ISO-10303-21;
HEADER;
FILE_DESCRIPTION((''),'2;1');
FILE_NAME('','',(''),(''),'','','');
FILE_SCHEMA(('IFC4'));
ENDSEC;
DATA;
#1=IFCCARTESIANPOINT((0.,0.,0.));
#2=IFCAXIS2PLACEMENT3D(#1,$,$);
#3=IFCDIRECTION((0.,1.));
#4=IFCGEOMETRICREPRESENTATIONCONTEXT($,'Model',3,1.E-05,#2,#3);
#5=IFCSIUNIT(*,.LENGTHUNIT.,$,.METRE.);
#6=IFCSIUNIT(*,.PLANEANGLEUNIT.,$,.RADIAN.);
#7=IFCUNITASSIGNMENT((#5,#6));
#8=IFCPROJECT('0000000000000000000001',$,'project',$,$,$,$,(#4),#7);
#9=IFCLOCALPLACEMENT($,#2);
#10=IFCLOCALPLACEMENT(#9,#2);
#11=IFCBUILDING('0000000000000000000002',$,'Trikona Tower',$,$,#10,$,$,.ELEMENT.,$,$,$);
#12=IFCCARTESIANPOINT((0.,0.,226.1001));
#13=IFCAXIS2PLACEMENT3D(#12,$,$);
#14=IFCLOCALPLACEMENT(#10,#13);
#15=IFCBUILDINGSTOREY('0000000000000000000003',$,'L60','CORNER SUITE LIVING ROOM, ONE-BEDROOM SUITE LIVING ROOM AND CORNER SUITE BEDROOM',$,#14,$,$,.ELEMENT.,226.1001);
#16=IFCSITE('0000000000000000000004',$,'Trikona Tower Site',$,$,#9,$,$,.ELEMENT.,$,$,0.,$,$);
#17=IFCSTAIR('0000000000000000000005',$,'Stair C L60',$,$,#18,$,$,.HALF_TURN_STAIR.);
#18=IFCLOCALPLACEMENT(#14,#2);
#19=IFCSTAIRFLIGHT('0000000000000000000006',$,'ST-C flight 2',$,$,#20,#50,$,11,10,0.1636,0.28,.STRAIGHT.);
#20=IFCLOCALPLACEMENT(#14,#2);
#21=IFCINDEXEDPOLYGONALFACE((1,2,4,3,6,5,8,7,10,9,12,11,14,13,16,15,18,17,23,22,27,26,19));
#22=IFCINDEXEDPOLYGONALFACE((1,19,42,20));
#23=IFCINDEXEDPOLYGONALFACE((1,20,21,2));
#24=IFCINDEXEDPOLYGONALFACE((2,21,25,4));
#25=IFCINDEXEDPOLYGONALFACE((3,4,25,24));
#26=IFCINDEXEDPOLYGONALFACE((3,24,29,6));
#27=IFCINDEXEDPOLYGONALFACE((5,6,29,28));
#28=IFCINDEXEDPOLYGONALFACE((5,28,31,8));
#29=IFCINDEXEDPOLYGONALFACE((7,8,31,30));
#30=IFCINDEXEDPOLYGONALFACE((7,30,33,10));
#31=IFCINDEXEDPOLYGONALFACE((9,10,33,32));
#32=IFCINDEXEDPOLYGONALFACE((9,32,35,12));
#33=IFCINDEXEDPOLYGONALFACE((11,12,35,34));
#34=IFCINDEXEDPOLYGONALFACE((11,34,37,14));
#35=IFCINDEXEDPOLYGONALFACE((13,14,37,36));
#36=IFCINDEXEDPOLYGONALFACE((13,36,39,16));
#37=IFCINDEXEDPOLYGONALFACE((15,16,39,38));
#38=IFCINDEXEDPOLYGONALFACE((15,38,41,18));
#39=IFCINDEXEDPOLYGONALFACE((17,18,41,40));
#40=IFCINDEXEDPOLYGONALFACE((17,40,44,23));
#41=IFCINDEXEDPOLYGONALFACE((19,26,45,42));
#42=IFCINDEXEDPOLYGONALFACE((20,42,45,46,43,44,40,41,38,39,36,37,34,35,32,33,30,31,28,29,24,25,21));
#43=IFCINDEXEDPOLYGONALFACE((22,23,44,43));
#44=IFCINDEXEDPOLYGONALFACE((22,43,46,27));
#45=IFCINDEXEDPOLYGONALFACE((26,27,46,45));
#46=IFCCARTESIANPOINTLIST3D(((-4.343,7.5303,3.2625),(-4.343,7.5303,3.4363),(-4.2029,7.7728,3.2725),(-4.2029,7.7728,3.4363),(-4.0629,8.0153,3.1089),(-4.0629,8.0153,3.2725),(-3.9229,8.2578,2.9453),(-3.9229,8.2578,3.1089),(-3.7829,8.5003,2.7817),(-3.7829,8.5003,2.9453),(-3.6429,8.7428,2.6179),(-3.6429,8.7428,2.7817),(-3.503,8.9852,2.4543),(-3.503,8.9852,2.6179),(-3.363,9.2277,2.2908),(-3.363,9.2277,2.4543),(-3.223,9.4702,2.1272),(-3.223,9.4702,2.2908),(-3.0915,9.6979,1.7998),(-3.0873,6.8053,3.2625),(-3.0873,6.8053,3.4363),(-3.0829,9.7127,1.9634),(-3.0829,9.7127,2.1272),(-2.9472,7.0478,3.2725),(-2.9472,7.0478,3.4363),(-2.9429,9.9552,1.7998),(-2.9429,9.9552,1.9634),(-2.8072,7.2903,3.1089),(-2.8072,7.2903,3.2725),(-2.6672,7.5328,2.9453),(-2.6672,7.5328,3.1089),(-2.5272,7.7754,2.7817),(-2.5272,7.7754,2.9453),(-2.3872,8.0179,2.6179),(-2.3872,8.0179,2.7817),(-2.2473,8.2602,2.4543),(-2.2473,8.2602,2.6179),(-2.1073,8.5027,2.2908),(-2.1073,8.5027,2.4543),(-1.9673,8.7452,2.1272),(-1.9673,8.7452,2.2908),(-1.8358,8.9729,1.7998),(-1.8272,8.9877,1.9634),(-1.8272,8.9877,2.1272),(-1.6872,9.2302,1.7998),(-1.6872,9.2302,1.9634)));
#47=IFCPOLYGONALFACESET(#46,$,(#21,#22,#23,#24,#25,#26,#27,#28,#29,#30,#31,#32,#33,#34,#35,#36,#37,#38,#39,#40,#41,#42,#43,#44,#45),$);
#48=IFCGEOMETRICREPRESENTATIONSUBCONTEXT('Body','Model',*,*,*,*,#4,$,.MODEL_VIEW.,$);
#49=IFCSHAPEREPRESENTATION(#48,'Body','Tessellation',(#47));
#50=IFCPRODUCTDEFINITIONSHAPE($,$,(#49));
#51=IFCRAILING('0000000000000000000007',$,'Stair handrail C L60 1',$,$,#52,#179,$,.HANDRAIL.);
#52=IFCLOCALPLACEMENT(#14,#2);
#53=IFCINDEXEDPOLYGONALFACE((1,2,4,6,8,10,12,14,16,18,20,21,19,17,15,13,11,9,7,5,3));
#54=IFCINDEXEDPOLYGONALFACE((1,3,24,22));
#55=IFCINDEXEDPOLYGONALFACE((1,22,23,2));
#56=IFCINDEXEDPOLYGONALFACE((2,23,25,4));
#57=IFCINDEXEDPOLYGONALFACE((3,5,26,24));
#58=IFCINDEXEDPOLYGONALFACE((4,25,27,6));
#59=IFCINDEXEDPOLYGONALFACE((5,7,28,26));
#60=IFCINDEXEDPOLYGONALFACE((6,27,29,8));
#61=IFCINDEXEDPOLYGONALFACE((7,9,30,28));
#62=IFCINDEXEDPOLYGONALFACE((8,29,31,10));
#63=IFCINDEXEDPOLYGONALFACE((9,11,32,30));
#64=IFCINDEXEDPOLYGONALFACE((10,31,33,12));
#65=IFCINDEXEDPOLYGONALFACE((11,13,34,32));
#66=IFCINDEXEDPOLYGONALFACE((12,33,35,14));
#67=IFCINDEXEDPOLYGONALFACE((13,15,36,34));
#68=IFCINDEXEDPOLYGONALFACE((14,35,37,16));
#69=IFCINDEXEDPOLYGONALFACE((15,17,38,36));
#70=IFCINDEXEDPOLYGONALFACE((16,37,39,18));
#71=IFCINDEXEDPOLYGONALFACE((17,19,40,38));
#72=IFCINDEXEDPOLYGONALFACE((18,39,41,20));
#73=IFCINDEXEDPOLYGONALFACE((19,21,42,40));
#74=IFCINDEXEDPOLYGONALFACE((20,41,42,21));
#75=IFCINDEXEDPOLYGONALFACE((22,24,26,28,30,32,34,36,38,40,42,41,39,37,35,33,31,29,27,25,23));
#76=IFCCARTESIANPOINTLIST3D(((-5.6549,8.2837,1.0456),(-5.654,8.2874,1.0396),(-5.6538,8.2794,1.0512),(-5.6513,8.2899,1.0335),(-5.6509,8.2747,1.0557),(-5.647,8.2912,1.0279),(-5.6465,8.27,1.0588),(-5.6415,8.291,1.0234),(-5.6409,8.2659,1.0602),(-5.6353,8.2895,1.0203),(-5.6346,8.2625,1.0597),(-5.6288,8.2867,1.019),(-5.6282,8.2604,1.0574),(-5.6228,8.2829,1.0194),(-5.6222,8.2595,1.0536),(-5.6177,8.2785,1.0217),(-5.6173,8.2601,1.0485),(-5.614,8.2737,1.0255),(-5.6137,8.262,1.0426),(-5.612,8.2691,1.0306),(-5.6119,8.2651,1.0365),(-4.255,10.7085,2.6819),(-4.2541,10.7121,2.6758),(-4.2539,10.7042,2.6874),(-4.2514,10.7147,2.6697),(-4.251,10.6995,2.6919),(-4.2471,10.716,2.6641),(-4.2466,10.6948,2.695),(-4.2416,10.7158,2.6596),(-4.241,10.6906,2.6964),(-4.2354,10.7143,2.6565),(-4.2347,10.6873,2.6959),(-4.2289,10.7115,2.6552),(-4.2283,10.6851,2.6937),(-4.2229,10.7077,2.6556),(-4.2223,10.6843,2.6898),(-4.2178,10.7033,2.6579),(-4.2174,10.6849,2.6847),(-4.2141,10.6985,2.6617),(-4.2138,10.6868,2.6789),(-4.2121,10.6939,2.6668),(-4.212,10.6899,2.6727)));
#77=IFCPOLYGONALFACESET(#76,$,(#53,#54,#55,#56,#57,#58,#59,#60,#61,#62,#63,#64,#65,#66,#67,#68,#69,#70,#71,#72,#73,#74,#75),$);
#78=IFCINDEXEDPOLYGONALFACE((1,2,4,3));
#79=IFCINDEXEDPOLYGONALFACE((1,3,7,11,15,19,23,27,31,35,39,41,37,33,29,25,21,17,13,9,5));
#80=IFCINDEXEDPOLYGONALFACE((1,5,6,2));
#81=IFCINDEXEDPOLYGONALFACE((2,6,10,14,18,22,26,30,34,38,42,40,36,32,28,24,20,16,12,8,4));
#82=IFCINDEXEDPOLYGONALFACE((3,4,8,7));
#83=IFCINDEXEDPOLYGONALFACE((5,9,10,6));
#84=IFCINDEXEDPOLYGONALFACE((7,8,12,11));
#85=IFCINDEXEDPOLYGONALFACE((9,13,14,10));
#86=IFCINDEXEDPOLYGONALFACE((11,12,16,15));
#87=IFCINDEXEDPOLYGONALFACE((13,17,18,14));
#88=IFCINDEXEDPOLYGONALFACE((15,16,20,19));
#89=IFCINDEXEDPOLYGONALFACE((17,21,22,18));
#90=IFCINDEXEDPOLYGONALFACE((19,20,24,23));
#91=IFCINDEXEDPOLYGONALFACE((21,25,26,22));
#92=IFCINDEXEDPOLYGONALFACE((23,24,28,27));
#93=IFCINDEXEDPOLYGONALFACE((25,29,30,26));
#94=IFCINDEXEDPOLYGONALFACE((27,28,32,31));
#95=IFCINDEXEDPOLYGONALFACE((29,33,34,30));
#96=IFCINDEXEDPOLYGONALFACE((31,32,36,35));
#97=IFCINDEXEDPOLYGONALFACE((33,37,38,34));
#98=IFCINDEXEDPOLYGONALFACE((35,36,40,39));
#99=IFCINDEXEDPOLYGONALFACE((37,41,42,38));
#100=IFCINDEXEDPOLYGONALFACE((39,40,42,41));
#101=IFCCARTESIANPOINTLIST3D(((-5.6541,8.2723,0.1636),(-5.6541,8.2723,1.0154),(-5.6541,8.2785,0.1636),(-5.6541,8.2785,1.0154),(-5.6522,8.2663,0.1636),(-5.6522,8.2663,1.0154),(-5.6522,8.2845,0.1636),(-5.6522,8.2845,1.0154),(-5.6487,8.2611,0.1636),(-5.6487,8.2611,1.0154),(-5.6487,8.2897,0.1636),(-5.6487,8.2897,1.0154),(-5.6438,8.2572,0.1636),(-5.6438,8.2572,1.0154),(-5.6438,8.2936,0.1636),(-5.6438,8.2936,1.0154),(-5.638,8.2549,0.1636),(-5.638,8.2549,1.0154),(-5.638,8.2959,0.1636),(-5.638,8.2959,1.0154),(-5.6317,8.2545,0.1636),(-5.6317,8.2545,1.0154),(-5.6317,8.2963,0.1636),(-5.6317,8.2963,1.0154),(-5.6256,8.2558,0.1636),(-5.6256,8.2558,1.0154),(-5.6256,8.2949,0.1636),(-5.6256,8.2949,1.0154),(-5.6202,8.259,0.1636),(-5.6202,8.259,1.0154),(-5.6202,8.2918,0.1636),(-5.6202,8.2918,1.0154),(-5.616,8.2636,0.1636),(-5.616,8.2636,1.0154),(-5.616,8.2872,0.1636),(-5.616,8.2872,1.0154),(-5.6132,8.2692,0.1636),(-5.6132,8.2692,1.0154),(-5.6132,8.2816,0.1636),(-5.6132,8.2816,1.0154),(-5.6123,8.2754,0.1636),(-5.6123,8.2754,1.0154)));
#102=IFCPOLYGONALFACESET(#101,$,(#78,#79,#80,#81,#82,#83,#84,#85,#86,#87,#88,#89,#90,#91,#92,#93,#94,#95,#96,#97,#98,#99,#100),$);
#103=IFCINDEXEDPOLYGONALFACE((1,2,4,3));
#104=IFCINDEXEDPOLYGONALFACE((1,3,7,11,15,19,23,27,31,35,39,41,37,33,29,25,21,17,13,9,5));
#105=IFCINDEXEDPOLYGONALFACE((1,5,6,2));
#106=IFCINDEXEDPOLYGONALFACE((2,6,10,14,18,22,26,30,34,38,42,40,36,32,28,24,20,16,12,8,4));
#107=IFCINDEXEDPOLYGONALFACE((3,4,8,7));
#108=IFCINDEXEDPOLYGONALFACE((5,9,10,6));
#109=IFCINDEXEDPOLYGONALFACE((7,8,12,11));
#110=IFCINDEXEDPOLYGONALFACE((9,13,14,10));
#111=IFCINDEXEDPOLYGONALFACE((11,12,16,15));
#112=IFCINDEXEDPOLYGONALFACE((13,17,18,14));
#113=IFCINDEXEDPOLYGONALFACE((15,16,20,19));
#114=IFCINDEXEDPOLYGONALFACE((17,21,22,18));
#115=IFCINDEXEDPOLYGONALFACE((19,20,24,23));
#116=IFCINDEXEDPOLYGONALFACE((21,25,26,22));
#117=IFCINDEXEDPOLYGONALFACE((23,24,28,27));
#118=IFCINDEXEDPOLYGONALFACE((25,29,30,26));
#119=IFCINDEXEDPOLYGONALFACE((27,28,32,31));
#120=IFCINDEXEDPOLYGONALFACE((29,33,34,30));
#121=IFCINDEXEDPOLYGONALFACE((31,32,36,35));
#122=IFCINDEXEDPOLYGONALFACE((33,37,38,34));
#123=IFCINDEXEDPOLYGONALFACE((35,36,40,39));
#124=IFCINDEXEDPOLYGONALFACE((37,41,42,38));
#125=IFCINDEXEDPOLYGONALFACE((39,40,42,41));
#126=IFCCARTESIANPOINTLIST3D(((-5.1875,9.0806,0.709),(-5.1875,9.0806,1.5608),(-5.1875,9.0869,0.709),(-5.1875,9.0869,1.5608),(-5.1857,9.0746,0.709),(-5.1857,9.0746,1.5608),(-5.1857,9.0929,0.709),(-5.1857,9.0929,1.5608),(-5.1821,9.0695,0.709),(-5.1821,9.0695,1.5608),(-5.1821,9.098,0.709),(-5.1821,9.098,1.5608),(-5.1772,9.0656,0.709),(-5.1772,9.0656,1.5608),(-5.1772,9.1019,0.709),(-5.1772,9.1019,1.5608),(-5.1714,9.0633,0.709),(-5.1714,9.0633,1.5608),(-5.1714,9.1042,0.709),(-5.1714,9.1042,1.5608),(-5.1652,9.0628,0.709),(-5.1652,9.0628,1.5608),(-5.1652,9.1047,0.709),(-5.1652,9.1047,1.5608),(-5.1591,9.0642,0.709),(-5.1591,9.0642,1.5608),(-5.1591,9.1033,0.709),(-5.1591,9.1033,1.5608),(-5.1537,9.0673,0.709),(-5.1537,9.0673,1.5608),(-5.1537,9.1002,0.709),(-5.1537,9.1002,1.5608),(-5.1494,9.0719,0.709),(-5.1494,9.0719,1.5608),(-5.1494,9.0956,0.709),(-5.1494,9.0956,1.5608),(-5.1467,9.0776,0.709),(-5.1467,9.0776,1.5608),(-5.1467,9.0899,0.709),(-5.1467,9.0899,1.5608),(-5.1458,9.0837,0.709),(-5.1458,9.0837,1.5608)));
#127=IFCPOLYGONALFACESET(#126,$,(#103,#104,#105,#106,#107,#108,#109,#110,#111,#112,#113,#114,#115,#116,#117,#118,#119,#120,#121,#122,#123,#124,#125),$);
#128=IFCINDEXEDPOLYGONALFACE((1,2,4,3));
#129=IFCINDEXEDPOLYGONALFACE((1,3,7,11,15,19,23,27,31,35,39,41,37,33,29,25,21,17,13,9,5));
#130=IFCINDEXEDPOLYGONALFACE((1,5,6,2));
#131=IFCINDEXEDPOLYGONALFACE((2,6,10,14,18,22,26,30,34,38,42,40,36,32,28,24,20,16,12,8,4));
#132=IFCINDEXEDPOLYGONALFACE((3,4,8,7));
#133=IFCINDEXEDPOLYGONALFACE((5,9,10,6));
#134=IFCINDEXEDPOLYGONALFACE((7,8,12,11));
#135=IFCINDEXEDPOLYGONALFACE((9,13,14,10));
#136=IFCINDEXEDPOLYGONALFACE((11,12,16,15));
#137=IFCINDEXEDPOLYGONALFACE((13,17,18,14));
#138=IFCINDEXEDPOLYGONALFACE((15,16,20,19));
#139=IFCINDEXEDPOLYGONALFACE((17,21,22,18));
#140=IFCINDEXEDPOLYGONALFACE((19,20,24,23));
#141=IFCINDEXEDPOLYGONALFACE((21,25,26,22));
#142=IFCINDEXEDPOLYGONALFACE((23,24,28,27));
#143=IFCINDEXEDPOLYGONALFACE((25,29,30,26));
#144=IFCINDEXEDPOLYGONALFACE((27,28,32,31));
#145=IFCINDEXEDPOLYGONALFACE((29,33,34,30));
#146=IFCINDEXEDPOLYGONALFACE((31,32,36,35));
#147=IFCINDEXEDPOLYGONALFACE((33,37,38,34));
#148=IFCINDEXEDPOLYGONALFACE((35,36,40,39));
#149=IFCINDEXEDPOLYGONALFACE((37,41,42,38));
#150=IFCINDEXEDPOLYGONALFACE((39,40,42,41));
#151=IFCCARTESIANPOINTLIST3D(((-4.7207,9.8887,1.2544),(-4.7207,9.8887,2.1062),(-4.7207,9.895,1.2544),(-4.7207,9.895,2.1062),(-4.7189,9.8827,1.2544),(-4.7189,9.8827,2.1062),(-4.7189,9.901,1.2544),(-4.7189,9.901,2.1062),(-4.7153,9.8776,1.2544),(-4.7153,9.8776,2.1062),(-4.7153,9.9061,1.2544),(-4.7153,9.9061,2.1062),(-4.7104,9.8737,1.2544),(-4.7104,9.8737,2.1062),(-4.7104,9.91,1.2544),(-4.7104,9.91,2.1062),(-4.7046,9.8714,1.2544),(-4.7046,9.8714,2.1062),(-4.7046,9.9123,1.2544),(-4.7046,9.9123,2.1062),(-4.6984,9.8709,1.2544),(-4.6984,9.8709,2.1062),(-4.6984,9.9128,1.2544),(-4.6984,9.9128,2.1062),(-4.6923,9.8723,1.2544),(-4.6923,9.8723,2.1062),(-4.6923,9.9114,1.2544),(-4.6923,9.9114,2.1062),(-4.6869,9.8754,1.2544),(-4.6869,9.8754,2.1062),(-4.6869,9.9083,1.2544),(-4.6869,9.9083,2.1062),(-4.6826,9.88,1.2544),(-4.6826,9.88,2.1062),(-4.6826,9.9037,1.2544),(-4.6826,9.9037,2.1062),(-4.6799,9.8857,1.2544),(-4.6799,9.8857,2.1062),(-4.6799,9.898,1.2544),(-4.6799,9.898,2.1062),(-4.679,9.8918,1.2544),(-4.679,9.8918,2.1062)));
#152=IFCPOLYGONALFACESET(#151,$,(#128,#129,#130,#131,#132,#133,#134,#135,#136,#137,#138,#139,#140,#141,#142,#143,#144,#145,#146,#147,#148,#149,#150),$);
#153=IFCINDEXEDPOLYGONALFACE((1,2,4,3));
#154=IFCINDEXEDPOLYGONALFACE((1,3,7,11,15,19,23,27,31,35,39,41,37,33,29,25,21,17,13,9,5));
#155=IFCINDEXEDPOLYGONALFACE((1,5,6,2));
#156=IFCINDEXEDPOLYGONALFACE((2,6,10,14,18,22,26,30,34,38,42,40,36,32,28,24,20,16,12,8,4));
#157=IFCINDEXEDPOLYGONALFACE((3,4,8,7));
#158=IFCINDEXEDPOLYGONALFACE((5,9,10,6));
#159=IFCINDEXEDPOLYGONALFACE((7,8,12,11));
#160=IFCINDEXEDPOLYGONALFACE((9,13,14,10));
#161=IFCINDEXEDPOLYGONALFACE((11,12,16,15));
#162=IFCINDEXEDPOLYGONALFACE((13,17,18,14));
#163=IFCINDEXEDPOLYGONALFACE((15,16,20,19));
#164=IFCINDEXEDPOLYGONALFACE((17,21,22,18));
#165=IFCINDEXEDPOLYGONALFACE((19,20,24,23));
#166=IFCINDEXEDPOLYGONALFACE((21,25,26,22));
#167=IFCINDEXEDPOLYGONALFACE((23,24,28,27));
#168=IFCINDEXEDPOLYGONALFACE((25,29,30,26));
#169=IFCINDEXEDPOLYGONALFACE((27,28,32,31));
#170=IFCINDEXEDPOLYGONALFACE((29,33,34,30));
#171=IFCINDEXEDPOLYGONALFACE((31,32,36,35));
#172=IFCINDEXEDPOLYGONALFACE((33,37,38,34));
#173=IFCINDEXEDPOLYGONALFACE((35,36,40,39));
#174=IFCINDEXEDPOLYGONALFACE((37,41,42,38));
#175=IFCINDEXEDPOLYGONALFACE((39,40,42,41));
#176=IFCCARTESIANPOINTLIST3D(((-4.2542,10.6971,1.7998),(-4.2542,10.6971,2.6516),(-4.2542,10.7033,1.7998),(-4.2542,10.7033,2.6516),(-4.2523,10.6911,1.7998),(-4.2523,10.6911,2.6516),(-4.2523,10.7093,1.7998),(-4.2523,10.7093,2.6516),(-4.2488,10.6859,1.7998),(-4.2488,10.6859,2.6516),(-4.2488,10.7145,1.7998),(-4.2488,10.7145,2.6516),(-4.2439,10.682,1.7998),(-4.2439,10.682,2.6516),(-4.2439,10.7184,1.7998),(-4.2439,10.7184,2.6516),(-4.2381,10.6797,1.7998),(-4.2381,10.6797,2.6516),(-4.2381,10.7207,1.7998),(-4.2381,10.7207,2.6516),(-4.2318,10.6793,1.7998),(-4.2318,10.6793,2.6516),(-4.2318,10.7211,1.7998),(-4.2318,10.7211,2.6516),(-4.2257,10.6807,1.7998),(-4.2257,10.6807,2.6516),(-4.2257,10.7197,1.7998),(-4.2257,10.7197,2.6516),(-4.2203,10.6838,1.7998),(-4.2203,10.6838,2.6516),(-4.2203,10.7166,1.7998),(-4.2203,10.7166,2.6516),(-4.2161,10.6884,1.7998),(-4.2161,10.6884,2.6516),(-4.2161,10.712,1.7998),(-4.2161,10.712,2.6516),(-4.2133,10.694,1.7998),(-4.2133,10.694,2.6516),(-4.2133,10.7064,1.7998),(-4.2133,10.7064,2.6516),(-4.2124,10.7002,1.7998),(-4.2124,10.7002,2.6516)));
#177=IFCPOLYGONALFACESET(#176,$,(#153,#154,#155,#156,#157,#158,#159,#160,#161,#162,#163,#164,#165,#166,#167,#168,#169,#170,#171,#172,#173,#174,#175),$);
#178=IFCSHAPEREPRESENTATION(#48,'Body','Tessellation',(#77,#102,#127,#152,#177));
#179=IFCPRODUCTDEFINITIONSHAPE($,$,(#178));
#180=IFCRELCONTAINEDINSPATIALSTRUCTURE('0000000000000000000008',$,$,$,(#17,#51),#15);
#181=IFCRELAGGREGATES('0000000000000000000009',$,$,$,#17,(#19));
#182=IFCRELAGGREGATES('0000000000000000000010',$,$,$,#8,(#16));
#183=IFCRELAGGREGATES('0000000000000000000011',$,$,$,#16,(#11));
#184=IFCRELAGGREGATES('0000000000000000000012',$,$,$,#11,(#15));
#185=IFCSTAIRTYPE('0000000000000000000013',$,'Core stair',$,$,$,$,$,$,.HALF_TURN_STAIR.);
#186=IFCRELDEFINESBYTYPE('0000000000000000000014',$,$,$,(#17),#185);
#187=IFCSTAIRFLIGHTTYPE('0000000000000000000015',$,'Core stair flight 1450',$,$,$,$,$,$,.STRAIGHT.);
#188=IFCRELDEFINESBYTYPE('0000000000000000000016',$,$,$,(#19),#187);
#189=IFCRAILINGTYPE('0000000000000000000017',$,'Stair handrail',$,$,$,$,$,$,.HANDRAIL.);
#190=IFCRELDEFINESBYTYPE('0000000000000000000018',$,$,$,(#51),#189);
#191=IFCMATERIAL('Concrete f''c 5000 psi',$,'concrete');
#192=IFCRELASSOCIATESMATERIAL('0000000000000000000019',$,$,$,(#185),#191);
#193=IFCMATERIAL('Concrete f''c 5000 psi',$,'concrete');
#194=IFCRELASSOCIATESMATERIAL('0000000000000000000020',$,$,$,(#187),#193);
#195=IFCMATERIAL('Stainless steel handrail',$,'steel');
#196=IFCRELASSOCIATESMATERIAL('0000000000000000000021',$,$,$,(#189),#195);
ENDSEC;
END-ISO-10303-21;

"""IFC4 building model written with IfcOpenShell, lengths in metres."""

from ifc_helpers import new_model, si_unit, direction, frame, origin, origin_2d, place, context, subcontext, project, spatial, polyline, circle, outline, extrude, material, type_object, element, aggregate, save


model = new_model("IFC4")

# Units and contexts
model_context = context("Model", 3, precision=1e-05, world=origin(), true_north=direction((0.0, 1.0)))
body_context = subcontext(model_context, "Body", "Model", "MODEL_VIEW")
ifc_project = project(units=[si_unit("LENGTHUNIT", "METRE"), si_unit("PLANEANGLEUNIT", "RADIAN")], contexts=[model_context])

# Site, building, storey
site_placement = place(None, origin())
site = spatial("IfcSite", under=ifc_project, at=site_placement, Name="Trikona Tower Site", CompositionType="ELEMENT", RefElevation=0.0)
building_placement = place(site_placement, origin())
building = spatial("IfcBuilding", under=site, at=building_placement, Name="Trikona Tower", CompositionType="ELEMENT")
storey_placement = place(building_placement, frame((0.0, 0.0, 226.1001)))
storey = spatial("IfcBuildingStorey", under=building, at=storey_placement, Name="L60", Description="CORNER SUITE LIVING ROOM, ONE-BEDROOM SUITE LIVING ROOM AND CORNER SUITE BEDROOM", CompositionType="ELEMENT", Elevation=226.1001)

# Stair, stair flight
ifc_material_1 = material(Name="Concrete f'c 5000 psi", Category="concrete")
stair_type = type_object("IfcStairType", Name="Core stair", PredefinedType="HALF_TURN_STAIR", material=ifc_material_1)
stair_placement = place(storey_placement, origin())
stair = element("IfcStair", 1, at=stair_placement, inside=storey, type_object=stair_type, Name="Stair C L60", PredefinedType="HALF_TURN_STAIR")
ifc_material_2 = material(Name="Concrete f'c 5000 psi", Category="concrete")
stair_flight_type = type_object("IfcStairFlightType", Name="Core stair flight 1450", PredefinedType="STRAIGHT", material=ifc_material_2)
stair_flight_1_placement = place(storey_placement, frame((-2.3152, 9.5928, 1.7998), z_axis=(0.0, 0.0, 1.0), x_axis=(-0.5, -0.866025, 0.0)))
stair_flight_1 = element("IfcStairFlight", 2, at=stair_flight_1_placement, type_object=stair_flight_type, Name="ST-C flight 2", NumberOfRisers=11, NumberOfTreads=10, PredefinedType="STRAIGHT", RiserHeight=0.1636, TreadLength=0.28, context=body_context, shape_type="SweptSolid", body=[
    extrude(outline(polyline([(0.0, 0.0), (0.0, 0.1636), (0.28, 0.1636), (0.28, 0.3274), (0.5601, 0.3274), (0.5601, 0.491), (0.8401, 0.491), (0.8401, 0.6545), (1.1201, 0.6545), (1.1201, 0.8181), (1.3999, 0.8181), (1.3999, 0.9819), (1.6799, 0.9819), (1.6799, 1.1455), (1.96, 1.1455), (1.96, 1.3091), (2.24, 1.3091), (2.24, 1.4727), (2.52, 1.4727), (2.52, 1.6365), (2.8, 1.6365), (2.8, 1.8), (2.8, 1.4626), (0.2971, 0.0), (0.0, 0.0)])), frame((0.0, 0.7251, 0.0), z_axis=(0.0, -1.0, 0.0), x_axis=(1.0, 0.0, 0.0)), (0.0, 0.0, 1.0), 1.45),
])
aggregate(stair, [stair_flight_1])

# Railing
ifc_material_3 = material(Name="Stainless steel handrail", Category="steel")
railing_type = type_object("IfcRailingType", Name="Stair handrail", PredefinedType="HANDRAIL", material=ifc_material_3)
railing_1_placement = place(storey_placement, frame((-5.6333, 8.2754, 0.1636)))
element("IfcRailing", 3, at=railing_1_placement, inside=storey, type_object=railing_type, Name="Stair handrail C L60 1", PredefinedType="HANDRAIL", context=body_context, shape_type="SweptSolid", body=[
    extrude(circle(Radius=0.0239, at=origin_2d()), frame((0.0, 0.0, 0.876), z_axis=(0.431677, 0.747718, 0.504552), x_axis=(-0.866035, 0.499984, 0.0)), (0.0, 0.0, 1.0), 3.2429),
    extrude(circle(Radius=0.021, at=origin_2d()), origin(), (0.0, 0.0, 1.0), 0.8518),
    extrude(circle(Radius=0.021, at=origin_2d()), frame((0.4666, 0.8083, 0.5454)), (0.0, 0.0, 1.0), 0.8518),
    extrude(circle(Radius=0.021, at=origin_2d()), frame((0.9333, 1.6165, 1.0908)), (0.0, 0.0, 1.0), 0.8518),
    extrude(circle(Radius=0.021, at=origin_2d()), frame((1.3999, 2.4248, 1.6362)), (0.0, 0.0, 1.0), 0.8518),
])

save(model, "model.ifc")
